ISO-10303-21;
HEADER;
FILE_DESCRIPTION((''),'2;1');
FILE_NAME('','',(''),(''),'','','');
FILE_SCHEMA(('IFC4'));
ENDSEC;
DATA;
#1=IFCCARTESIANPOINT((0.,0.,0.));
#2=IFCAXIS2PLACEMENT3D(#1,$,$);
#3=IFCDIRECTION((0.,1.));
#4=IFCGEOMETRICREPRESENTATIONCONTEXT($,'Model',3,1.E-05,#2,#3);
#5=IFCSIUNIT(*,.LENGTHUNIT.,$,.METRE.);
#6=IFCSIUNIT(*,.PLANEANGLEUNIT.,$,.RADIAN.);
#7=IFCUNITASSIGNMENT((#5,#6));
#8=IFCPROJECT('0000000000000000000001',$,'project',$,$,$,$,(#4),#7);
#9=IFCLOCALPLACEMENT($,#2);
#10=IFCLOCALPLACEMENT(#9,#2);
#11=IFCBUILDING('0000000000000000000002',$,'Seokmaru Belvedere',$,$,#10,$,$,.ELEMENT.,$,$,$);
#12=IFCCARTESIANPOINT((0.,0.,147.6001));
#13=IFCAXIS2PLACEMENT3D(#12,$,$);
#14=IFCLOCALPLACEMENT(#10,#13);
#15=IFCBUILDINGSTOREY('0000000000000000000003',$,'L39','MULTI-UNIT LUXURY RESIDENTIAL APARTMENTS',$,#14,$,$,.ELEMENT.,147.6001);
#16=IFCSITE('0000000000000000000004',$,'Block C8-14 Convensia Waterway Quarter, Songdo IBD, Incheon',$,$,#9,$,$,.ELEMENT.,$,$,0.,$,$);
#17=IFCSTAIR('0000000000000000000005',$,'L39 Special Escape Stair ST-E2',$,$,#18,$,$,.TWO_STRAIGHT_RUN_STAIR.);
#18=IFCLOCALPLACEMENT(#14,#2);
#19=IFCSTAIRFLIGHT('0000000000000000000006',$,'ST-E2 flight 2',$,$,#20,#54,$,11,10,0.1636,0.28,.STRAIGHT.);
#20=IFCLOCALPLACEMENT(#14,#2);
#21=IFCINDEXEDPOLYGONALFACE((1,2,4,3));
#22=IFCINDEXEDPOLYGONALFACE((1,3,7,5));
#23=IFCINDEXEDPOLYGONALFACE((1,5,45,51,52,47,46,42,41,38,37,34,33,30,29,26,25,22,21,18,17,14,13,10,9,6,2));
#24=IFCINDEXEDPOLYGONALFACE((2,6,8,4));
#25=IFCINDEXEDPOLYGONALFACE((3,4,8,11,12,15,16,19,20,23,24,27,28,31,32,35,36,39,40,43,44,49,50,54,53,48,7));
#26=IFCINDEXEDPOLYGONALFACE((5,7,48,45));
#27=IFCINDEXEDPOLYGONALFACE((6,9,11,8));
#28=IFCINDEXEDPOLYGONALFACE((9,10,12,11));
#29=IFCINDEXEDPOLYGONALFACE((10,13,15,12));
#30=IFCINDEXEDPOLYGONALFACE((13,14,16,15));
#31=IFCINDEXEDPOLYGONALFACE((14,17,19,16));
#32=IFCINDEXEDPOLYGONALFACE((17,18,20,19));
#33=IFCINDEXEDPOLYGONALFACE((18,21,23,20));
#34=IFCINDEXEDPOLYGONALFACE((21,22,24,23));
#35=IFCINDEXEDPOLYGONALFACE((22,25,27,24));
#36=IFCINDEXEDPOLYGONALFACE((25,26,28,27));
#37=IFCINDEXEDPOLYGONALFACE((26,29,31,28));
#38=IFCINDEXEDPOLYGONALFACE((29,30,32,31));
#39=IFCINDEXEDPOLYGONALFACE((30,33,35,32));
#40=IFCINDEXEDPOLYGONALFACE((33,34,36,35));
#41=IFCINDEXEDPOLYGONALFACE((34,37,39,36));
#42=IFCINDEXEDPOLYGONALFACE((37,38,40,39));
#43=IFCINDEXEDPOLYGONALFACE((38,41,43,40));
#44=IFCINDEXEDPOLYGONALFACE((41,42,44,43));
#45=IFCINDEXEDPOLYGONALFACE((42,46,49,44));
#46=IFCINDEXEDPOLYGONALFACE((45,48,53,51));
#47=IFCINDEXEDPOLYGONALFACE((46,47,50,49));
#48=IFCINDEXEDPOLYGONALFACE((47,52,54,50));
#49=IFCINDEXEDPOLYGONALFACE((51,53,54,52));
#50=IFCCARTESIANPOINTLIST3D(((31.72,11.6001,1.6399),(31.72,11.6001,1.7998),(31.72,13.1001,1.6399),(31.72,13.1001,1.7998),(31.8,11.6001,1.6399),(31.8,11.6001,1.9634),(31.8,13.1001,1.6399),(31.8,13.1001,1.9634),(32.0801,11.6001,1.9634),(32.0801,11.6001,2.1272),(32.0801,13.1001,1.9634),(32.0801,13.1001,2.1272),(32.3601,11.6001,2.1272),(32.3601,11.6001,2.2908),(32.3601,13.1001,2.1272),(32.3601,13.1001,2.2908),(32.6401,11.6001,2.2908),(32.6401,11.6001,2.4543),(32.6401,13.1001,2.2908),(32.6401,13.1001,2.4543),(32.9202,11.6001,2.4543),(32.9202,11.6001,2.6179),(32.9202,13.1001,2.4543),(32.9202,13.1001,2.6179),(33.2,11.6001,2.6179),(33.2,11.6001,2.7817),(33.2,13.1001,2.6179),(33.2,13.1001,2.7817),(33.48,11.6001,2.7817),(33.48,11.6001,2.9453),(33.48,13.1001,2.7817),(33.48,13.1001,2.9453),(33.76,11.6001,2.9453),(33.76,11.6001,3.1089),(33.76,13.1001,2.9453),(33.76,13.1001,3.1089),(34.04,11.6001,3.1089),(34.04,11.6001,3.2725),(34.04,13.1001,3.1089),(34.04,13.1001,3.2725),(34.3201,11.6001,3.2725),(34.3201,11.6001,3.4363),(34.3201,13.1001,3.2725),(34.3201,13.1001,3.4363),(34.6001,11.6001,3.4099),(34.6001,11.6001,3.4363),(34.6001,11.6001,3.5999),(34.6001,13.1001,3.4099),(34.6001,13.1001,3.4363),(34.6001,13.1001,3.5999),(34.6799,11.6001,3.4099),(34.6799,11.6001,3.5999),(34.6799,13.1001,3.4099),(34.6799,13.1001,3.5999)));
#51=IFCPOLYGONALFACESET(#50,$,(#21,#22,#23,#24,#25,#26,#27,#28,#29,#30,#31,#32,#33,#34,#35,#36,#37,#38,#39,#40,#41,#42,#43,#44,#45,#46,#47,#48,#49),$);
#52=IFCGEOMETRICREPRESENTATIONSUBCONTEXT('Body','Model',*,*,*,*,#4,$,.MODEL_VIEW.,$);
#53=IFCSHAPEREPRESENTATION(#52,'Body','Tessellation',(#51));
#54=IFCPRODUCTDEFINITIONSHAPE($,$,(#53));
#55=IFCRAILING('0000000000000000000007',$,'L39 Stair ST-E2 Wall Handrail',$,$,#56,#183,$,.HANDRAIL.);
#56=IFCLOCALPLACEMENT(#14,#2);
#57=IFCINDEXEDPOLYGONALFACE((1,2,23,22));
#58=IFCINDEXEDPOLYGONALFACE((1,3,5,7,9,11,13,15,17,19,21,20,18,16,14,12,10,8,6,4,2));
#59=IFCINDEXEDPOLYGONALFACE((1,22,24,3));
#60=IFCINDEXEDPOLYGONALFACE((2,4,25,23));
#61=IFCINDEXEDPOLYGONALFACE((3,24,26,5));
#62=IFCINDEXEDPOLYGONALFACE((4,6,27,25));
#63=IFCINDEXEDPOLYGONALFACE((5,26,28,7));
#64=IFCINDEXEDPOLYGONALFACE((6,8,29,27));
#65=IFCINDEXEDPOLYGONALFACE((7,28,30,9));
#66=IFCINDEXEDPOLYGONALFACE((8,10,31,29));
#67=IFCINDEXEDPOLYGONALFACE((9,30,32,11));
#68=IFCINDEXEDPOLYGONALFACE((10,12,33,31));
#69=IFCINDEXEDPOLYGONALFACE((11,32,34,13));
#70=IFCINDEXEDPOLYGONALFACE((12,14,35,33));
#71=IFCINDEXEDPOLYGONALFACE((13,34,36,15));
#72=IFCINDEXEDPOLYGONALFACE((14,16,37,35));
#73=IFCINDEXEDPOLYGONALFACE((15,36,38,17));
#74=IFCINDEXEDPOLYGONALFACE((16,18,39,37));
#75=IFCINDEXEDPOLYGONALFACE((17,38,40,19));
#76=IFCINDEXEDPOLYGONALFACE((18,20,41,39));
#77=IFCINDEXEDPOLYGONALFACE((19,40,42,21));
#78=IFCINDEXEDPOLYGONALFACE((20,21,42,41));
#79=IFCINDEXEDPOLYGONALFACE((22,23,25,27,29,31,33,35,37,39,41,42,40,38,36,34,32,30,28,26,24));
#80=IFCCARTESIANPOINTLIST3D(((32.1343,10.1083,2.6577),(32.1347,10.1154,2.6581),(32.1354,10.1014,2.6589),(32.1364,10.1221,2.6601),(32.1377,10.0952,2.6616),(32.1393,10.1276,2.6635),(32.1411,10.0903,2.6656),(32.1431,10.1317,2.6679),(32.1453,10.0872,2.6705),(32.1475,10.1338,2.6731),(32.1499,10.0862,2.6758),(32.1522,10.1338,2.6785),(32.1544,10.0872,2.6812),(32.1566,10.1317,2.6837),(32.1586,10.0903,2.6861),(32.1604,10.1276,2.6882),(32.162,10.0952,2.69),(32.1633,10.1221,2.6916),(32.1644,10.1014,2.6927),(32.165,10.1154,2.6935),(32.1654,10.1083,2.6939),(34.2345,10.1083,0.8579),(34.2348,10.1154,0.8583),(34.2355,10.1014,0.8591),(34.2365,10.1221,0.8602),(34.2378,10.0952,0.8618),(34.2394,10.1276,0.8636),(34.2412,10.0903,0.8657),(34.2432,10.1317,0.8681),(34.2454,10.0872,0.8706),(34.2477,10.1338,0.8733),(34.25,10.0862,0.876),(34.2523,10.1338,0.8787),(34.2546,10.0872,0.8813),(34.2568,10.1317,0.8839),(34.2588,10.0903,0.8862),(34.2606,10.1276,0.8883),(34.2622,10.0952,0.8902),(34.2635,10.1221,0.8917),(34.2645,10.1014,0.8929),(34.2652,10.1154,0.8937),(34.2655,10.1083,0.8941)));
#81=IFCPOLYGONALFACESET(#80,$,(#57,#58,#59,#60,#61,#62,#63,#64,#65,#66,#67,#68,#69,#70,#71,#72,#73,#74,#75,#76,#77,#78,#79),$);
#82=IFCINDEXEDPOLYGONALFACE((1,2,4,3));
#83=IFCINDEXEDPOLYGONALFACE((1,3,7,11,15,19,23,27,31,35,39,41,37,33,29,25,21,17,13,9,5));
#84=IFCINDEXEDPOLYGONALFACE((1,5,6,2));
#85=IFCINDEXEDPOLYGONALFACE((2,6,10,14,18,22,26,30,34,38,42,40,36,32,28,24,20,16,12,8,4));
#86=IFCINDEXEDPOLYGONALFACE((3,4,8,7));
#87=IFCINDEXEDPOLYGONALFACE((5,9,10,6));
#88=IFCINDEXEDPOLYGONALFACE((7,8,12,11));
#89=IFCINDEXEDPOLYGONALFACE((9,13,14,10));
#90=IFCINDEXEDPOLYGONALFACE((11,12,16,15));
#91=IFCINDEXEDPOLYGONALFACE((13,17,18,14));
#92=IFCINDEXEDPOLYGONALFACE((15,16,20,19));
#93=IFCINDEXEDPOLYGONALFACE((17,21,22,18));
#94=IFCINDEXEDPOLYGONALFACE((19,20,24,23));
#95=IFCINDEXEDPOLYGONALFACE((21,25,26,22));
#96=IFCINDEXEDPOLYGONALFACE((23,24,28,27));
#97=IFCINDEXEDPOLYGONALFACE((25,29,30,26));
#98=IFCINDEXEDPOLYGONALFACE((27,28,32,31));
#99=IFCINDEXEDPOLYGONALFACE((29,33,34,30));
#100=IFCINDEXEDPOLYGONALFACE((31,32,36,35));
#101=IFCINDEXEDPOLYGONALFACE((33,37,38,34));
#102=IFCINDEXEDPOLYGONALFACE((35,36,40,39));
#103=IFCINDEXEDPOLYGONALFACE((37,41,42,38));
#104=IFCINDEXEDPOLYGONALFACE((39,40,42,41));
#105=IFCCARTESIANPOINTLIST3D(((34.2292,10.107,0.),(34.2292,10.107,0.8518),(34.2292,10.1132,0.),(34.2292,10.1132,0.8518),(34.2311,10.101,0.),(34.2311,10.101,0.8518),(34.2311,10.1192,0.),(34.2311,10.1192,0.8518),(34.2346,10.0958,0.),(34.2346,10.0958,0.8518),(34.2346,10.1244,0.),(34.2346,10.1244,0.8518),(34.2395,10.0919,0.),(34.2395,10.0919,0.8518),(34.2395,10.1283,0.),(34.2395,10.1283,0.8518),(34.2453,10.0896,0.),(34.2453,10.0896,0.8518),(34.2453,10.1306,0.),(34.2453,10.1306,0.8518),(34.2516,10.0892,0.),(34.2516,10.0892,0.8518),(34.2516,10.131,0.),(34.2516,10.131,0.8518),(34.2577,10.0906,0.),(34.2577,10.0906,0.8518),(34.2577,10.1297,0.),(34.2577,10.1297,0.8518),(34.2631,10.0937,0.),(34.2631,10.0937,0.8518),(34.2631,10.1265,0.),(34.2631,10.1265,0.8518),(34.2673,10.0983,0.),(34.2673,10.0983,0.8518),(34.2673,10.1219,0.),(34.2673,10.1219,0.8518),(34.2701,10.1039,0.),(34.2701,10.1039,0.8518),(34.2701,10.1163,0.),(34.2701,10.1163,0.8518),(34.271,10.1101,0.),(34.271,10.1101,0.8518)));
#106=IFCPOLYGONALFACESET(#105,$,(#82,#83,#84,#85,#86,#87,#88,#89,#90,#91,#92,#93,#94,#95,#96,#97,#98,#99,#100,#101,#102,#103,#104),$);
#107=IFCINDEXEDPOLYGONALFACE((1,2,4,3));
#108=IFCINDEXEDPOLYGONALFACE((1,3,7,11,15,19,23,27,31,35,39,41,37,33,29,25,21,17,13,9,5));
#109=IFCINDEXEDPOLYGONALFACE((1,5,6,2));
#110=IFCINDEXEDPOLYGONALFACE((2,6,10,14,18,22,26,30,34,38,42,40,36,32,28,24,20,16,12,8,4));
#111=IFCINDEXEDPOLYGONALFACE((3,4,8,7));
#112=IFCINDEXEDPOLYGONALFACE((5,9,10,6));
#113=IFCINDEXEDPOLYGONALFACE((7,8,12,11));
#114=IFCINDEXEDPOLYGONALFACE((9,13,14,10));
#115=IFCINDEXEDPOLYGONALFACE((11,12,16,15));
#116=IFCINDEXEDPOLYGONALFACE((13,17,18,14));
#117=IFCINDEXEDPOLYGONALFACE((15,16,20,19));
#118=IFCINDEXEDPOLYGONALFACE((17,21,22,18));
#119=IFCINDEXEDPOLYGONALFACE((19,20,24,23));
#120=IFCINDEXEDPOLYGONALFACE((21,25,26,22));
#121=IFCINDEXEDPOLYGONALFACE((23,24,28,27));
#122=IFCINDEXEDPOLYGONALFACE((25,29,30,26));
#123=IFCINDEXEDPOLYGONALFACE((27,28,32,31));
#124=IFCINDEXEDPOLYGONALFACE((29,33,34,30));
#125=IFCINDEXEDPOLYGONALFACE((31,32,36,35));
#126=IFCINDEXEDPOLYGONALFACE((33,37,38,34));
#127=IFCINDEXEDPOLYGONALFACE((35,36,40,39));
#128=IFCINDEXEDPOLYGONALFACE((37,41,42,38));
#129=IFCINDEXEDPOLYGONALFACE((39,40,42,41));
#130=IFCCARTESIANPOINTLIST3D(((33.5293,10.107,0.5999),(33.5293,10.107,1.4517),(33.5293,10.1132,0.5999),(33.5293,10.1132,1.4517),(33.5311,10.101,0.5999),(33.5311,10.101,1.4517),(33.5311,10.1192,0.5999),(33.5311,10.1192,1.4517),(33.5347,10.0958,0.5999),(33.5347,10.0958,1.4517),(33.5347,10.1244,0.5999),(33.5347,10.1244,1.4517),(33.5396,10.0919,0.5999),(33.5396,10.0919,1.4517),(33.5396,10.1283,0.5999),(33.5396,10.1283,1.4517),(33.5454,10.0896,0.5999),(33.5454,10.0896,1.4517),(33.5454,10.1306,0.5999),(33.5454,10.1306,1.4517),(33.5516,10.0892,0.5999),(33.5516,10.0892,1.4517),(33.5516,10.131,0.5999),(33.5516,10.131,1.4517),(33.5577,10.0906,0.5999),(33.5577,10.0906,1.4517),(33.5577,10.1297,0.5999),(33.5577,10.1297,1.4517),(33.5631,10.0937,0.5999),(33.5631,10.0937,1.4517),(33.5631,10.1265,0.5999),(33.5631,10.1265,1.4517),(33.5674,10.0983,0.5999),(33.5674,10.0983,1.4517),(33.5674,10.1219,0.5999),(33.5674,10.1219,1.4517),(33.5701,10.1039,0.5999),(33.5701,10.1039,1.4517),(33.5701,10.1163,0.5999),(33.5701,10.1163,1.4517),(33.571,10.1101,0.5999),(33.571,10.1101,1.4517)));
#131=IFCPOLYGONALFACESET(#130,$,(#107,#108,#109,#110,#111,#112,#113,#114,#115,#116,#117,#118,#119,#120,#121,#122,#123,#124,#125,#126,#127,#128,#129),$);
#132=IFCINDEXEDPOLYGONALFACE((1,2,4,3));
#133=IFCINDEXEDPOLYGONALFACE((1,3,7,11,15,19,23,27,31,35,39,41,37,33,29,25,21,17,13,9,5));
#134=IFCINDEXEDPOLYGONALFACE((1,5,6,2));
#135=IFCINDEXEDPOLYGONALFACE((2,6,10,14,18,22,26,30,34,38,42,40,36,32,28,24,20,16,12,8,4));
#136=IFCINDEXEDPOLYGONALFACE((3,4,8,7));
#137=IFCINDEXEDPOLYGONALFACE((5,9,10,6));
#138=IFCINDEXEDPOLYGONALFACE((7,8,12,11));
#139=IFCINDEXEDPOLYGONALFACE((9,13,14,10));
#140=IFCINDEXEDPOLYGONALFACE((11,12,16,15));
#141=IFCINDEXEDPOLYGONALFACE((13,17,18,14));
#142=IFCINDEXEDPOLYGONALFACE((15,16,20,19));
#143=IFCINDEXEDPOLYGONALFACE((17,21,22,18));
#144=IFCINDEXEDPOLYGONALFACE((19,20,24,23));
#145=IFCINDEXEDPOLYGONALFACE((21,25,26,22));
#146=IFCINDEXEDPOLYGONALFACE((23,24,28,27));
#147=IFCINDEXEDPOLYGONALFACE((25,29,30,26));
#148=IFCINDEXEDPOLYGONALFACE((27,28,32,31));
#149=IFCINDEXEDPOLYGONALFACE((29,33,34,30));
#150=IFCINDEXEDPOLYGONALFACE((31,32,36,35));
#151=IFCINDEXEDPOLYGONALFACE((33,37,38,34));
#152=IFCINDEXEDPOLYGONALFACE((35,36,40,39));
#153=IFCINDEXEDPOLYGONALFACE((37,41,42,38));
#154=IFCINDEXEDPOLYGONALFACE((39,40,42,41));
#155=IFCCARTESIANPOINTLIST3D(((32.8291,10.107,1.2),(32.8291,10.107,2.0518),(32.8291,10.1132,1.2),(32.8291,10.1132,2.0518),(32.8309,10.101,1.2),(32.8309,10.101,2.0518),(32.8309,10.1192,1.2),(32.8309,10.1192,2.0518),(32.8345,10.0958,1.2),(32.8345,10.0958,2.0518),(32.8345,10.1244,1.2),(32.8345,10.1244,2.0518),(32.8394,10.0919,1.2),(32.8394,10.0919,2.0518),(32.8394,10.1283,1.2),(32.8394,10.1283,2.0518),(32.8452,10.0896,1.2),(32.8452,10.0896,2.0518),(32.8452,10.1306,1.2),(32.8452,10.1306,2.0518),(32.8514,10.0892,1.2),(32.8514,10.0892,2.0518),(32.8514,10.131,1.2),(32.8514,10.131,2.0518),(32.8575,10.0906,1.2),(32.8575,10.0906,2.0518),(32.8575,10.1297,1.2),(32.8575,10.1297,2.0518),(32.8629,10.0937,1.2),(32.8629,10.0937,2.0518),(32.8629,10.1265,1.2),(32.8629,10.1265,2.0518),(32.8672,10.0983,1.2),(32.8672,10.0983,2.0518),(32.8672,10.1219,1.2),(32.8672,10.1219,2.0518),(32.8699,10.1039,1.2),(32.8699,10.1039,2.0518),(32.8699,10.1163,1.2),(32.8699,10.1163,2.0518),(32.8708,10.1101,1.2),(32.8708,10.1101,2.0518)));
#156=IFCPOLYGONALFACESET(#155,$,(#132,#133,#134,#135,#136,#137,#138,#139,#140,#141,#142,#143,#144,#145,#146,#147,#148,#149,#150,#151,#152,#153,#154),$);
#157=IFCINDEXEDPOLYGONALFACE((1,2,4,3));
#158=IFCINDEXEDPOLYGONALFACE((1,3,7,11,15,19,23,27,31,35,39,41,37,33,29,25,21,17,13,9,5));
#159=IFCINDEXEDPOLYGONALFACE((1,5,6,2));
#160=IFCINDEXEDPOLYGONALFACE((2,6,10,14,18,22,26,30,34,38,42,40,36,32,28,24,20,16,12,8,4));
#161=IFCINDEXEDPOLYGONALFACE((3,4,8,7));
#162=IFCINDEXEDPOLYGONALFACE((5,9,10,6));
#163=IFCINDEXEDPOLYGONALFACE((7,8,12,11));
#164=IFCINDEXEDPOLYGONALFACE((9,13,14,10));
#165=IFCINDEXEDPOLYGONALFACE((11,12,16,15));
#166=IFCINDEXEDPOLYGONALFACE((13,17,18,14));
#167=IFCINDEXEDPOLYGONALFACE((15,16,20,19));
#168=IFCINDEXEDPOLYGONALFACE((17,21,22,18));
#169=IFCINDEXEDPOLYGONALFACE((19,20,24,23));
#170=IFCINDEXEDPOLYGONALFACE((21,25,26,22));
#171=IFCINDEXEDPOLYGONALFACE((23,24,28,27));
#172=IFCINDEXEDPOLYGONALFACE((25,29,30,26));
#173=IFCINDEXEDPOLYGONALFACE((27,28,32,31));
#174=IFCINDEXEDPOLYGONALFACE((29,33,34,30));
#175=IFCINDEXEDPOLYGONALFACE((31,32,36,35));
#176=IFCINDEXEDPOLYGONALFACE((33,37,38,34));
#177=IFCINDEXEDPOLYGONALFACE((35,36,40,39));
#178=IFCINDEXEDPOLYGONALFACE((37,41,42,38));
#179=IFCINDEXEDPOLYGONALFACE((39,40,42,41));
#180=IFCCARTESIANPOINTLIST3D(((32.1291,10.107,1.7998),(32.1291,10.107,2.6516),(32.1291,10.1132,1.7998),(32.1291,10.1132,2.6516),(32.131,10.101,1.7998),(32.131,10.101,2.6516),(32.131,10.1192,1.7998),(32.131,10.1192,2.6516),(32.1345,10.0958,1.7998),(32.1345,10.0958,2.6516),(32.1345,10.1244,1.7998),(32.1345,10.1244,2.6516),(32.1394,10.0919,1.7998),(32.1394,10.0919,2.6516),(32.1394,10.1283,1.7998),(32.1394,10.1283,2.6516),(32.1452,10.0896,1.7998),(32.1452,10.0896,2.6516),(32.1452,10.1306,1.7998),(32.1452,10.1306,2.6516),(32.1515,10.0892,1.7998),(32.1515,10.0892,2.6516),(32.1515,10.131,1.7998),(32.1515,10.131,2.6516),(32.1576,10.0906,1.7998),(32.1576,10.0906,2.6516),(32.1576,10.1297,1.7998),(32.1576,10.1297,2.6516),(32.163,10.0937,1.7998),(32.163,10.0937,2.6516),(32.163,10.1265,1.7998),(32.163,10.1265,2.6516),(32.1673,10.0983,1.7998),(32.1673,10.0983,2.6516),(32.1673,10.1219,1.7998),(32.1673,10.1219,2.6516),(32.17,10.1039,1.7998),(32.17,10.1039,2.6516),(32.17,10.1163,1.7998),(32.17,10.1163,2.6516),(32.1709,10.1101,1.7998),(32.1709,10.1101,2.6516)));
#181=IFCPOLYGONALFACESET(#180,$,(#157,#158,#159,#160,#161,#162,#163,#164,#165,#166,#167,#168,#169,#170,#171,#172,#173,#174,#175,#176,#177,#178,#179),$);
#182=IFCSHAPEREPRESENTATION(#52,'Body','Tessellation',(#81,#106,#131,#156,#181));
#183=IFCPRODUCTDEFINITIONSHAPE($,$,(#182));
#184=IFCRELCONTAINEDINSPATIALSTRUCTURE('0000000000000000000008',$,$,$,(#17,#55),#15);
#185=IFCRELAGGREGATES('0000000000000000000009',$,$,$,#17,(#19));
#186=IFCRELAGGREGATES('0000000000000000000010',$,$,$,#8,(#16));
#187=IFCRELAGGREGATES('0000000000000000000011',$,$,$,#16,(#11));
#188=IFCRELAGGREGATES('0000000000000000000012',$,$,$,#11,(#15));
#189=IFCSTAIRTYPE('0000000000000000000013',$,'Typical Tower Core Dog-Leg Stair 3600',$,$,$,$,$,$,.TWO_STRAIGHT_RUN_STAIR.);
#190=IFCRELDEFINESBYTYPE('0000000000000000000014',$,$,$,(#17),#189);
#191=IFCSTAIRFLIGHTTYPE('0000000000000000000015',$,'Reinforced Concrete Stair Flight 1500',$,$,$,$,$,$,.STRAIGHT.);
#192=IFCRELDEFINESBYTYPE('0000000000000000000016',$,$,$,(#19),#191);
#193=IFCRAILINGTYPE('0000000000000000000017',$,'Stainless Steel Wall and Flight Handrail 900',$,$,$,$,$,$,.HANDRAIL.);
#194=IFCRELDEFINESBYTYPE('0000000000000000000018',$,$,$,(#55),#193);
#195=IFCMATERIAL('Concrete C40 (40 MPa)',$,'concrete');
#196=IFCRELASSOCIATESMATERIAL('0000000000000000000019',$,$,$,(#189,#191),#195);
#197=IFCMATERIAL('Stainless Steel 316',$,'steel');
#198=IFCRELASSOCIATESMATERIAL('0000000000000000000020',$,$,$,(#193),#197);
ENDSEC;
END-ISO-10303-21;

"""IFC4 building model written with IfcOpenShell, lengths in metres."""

from ifc_helpers import new_model, si_unit, direction, frame, origin, origin_2d, place, context, subcontext, project, spatial, polyline, circle, outline, extrude, material, type_object, element, aggregate, save


model = new_model("IFC4")

# Units and contexts
model_context = context("Model", 3, precision=1e-05, world=origin(), true_north=direction((0.0, 1.0)))
body_context = subcontext(model_context, "Body", "Model", "MODEL_VIEW")
ifc_project = project(units=[si_unit("LENGTHUNIT", "METRE"), si_unit("PLANEANGLEUNIT", "RADIAN")], contexts=[model_context])

# Site, building, storey
site_placement = place(None, origin())
site = spatial("IfcSite", under=ifc_project, at=site_placement, Name="Block C8-14 Convensia Waterway Quarter, Songdo IBD, Incheon", CompositionType="ELEMENT", RefElevation=0.0)
building_placement = place(site_placement, origin())
building = spatial("IfcBuilding", under=site, at=building_placement, Name="Seokmaru Belvedere", CompositionType="ELEMENT")
storey_placement = place(building_placement, frame((0.0, 0.0, 147.6001)))
storey = spatial("IfcBuildingStorey", under=building, at=storey_placement, Name="L39", Description="MULTI-UNIT LUXURY RESIDENTIAL APARTMENTS", CompositionType="ELEMENT", Elevation=147.6001)

# Shared definitions
ifc_material_1 = material(Name="Stainless Steel 316", Category="steel")

# Stair, stair flight
ifc_material_2 = material(Name="Concrete C40 (40 MPa)", Category="concrete")
stair_type = type_object("IfcStairType", Name="Typical Tower Core Dog-Leg Stair 3600", PredefinedType="TWO_STRAIGHT_RUN_STAIR", material=ifc_material_2)
stair_placement = place(storey_placement, origin())
stair = element("IfcStair", 1, at=stair_placement, inside=storey, type_object=stair_type, Name="L39 Special Escape Stair ST-E2", PredefinedType="TWO_STRAIGHT_RUN_STAIR")
stair_flight_type = type_object("IfcStairFlightType", Name="Reinforced Concrete Stair Flight 1500", PredefinedType="STRAIGHT", material=ifc_material_2)
stair_flight_1_placement = place(storey_placement, frame((31.8, 12.3501, 1.7998), z_axis=(0.0, 0.0, 1.0), x_axis=(1.0, 0.0, 0.0)))
stair_flight_1 = element("IfcStairFlight", 2, at=stair_flight_1_placement, type_object=stair_flight_type, Name="ST-E2 flight 2", NumberOfRisers=11, NumberOfTreads=10, PredefinedType="STRAIGHT", RiserHeight=0.1636, TreadLength=0.28, context=body_context, shape_type="SweptSolid", body=[
    extrude(outline(polyline([(-0.0801, 0.0), (0.0, 0.1636), (0.28, 0.1636), (0.28, 0.3274), (0.5601, 0.3274), (0.5601, 0.491), (0.8401, 0.491), (0.8401, 0.6545), (1.1201, 0.6545), (1.1201, 0.8181), (1.3999, 0.8181), (1.3999, 0.9819), (1.6799, 0.9819), (1.6799, 1.1455), (1.96, 1.1455), (1.96, 1.3091), (2.24, 1.3091), (2.24, 1.4727), (2.52, 1.4727), (2.52, 1.6365), (2.8, 1.6365), (2.8, 1.8), (2.8799, 1.8), (2.8799, 1.6101), (2.8, 1.6101), (0.0, -0.1599), (-0.0801, -0.1599), (-0.0801, 0.0)])), frame((0.0, 0.75, 0.0), z_axis=(0.0, -1.0, 0.0), x_axis=(1.0, 0.0, 0.0)), (0.0, 0.0, 1.0), 1.5),
])
aggregate(stair, [stair_flight_1])

# Railing
railing_type_1 = type_object("IfcRailingType", Name="Stainless Steel Wall and Flight Handrail 900", PredefinedType="HANDRAIL", material=ifc_material_1)
railing_1_placement = place(storey_placement, frame((34.25, 10.1101, 0.0)))
element("IfcRailing", 3, at=railing_1_placement, inside=storey, type_object=railing_type_1, Name="L39 Stair ST-E2 Wall Handrail", PredefinedType="HANDRAIL", context=body_context, shape_type="SweptSolid", body=[
    extrude(circle(Radius=0.0239, at=origin_2d()), frame((0.0, 0.0, 0.876), z_axis=(-0.759306, 0.0, 0.650733), x_axis=(0.0, -1.0, 0.0)), (0.0, 0.0, 1.0), 2.7659),
    extrude(circle(Radius=0.021, at=origin_2d()), origin(), (0.0, 0.0, 1.0), 0.8518),
    extrude(circle(Radius=0.021, at=origin_2d()), frame((-0.7, 0.0, 0.5999)), (0.0, 0.0, 1.0), 0.8518),
    extrude(circle(Radius=0.021, at=origin_2d()), frame((-1.4001, 0.0, 1.2)), (0.0, 0.0, 1.0), 0.8518),
    extrude(circle(Radius=0.021, at=origin_2d()), frame((-2.1001, 0.0, 1.7998)), (0.0, 0.0, 1.0), 0.8518),
])

save(model, "model.ifc")
